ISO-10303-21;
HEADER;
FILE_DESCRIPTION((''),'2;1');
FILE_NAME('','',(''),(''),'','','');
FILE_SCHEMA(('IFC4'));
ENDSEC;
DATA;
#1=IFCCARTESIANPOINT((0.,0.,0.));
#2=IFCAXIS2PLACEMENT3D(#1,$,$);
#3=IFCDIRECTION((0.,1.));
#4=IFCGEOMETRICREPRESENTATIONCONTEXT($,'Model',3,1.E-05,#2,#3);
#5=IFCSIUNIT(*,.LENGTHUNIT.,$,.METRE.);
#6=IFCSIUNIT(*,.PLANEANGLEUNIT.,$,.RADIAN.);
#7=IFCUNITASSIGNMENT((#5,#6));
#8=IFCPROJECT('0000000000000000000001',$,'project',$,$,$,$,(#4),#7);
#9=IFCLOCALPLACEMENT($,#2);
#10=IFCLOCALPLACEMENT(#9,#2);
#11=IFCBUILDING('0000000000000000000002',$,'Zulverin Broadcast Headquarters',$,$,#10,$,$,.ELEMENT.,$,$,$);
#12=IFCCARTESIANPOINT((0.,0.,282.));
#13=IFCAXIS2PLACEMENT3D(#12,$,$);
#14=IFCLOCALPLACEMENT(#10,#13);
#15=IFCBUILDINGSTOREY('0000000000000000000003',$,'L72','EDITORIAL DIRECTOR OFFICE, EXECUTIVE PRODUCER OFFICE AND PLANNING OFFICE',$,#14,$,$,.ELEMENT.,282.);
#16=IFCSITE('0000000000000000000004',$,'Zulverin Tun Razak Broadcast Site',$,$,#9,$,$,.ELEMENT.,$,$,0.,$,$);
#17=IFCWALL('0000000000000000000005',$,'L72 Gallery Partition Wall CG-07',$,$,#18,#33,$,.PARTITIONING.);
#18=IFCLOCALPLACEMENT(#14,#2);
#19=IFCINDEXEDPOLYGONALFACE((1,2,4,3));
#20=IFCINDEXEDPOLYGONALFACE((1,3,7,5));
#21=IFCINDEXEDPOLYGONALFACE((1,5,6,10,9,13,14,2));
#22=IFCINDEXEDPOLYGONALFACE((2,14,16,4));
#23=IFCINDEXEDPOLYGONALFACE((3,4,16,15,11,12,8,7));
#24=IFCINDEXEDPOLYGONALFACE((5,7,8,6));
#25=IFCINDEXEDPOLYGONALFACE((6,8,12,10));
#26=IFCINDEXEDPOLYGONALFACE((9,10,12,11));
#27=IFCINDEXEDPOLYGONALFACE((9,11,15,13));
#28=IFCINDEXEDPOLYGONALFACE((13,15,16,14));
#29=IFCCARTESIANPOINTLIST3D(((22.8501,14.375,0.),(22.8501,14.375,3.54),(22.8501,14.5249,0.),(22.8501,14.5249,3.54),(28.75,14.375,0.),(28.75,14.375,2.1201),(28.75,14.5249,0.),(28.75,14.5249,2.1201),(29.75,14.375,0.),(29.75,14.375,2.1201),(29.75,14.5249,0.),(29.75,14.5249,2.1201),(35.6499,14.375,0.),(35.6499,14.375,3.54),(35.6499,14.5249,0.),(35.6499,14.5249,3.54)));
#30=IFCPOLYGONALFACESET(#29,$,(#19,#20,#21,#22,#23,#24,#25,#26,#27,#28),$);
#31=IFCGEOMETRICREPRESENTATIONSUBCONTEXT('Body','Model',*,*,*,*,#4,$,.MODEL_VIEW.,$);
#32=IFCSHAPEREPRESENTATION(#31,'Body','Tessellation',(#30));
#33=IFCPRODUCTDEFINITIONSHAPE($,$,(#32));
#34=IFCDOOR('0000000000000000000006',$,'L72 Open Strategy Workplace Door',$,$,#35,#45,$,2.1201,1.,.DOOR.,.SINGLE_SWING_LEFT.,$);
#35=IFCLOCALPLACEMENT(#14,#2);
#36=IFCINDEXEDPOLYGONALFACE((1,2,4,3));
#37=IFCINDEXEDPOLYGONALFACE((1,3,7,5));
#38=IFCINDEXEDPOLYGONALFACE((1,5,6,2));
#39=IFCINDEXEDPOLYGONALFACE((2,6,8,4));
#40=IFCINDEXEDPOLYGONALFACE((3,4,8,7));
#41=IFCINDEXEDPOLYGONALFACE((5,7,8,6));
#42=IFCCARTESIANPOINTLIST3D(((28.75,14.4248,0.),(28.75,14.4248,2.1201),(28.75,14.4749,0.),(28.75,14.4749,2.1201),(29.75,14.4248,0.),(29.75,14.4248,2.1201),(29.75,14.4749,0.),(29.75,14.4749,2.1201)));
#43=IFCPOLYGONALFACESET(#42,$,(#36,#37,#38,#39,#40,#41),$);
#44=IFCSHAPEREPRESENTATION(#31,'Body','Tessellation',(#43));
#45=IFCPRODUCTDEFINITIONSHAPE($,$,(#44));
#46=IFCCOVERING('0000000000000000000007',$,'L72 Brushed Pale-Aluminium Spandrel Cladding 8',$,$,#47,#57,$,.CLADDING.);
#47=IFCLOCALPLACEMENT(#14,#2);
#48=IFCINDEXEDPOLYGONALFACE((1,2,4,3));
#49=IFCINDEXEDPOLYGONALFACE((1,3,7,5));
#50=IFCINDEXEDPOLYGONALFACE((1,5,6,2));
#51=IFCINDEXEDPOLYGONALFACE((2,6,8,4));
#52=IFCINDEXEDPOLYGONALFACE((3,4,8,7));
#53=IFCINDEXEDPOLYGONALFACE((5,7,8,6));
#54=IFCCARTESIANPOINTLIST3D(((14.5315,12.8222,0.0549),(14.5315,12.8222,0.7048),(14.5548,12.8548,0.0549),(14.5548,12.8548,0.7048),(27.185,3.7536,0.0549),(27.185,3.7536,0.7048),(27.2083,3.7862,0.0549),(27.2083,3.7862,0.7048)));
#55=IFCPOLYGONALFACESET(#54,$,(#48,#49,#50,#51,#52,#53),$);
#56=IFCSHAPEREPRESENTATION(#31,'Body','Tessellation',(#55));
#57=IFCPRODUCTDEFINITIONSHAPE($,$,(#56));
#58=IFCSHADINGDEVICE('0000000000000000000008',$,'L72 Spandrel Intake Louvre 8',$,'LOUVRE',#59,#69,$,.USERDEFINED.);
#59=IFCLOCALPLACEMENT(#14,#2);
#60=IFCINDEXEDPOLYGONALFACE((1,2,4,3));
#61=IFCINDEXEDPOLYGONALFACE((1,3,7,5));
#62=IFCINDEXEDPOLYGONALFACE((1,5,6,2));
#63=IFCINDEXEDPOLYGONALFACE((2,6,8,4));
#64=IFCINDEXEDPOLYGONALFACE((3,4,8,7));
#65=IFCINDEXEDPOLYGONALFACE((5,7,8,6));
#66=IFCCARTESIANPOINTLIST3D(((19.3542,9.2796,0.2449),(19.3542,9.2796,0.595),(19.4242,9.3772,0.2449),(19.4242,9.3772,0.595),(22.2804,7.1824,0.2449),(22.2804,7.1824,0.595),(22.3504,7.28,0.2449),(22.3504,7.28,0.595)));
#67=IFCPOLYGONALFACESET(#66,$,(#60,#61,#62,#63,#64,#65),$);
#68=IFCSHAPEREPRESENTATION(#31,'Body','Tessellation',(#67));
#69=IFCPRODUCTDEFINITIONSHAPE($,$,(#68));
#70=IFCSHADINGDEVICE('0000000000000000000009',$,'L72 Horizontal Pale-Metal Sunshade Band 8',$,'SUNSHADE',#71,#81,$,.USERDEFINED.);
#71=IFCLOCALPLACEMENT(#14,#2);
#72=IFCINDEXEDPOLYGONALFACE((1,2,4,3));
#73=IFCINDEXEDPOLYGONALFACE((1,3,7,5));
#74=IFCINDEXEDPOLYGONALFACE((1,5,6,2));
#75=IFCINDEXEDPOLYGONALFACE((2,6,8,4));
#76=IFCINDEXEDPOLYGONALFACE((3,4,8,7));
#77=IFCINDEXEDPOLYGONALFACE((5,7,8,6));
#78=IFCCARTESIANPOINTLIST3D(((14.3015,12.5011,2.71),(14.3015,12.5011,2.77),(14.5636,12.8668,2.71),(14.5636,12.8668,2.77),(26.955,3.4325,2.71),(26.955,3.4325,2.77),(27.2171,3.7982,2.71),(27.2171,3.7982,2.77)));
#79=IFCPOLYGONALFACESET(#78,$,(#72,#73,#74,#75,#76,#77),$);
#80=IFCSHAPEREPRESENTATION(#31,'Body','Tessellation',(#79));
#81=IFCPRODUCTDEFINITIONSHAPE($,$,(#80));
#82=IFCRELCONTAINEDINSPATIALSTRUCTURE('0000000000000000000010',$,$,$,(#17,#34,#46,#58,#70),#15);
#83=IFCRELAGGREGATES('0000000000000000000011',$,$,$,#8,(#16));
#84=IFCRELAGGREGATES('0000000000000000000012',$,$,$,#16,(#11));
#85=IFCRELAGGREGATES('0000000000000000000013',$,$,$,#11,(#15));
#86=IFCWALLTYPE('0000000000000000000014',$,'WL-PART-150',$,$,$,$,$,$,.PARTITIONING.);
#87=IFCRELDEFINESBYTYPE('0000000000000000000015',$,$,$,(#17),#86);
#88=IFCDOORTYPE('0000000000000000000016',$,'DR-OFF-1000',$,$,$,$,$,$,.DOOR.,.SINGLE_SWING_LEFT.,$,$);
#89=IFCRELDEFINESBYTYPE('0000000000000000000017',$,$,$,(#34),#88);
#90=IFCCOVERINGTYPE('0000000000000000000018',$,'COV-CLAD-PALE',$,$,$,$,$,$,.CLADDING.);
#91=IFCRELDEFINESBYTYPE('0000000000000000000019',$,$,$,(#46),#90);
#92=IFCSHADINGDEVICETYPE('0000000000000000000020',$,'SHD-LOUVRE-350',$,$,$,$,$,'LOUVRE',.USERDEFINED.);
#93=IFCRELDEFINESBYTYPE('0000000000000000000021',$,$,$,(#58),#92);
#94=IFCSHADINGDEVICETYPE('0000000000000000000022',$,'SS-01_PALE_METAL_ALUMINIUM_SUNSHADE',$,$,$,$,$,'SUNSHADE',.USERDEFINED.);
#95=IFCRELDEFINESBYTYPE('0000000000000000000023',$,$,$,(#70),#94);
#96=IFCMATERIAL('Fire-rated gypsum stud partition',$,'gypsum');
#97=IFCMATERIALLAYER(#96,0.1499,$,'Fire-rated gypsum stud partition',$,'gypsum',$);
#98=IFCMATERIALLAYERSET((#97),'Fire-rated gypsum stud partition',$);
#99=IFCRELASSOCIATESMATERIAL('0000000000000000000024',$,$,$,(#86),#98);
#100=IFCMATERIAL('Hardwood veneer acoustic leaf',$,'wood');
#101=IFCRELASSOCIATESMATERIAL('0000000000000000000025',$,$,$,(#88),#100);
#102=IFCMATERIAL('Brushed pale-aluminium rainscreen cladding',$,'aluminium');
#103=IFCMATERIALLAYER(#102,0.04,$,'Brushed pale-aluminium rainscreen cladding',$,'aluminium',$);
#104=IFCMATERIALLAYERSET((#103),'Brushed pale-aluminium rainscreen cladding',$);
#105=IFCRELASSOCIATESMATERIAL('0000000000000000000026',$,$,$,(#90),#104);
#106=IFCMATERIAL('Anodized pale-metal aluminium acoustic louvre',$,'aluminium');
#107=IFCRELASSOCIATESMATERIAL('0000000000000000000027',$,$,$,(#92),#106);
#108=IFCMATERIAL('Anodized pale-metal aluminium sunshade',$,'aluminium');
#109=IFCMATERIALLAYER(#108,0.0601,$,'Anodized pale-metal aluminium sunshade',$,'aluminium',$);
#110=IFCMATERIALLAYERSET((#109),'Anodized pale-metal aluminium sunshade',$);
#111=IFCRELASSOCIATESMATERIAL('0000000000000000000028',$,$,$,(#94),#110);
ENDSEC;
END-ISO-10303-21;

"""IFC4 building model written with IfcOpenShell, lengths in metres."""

from ifc_helpers import new_model, si_unit, direction, frame, frame_2d, origin, origin_2d, place, context, subcontext, project, spatial, rectangle, extrude, material, layer, layer_set, type_object, element, fill, save


model = new_model("IFC4")

# Units and contexts
model_context = context("Model", 3, precision=1e-05, world=origin(), true_north=direction((0.0, 1.0)))
body_context = subcontext(model_context, "Body", "Model", "MODEL_VIEW")
ifc_project = project(units=[si_unit("LENGTHUNIT", "METRE"), si_unit("PLANEANGLEUNIT", "RADIAN")], contexts=[model_context])

# Site, building, storey
site_placement = place(None, origin())
site = spatial("IfcSite", under=ifc_project, at=site_placement, Name="Zulverin Tun Razak Broadcast Site", CompositionType="ELEMENT", RefElevation=0.0)
building_placement = place(site_placement, origin())
building = spatial("IfcBuilding", under=site, at=building_placement, Name="Zulverin Broadcast Headquarters", CompositionType="ELEMENT")
storey_placement = place(building_placement, frame((0.0, 0.0, 282.0)))
storey = spatial("IfcBuildingStorey", under=building, at=storey_placement, Name="L72", Description="EDITORIAL DIRECTOR OFFICE, EXECUTIVE PRODUCER OFFICE AND PLANNING OFFICE", CompositionType="ELEMENT", Elevation=282.0)

# Shared definitions
ifc_material_1 = material(Name="Fire-rated gypsum stud partition", Category="gypsum")
ifc_layer_1 = layer(ifc_material_1, 0.1499, Name="Fire-rated gypsum stud partition", Category="gypsum")
ifc_layer_set_1 = layer_set([ifc_layer_1], Name="Fire-rated gypsum stud partition")
wall_type_1 = type_object("IfcWallType", Name="WL-PART-150", PredefinedType="PARTITIONING", material=ifc_layer_set_1)

# Wall, opening, door
wall_1_placement = place(storey_placement, frame((22.8501, 14.45, 0.0), z_axis=(0.0, 0.0, 1.0), x_axis=(1.0, 0.0, 0.0)))
wall_1 = element("IfcWall", 1, at=wall_1_placement, inside=storey, type_object=wall_type_1, Name="L72 Gallery Partition Wall CG-07", PredefinedType="PARTITIONING", context=body_context, shape_type="SweptSolid", body=[
    extrude(rectangle(XDim=12.7998, YDim=0.1499, at=frame_2d((6.3999, 0.0))), origin(), (0.0, 0.0, 1.0), 3.54),
])
opening_1_placement = place(wall_1_placement, frame((5.8999, 0.0, 0.0)))
opening_1 = element("IfcOpeningElement", 2, at=opening_1_placement, cuts=wall_1, PredefinedType="OPENING", context=body_context, shape_type="SweptSolid", body=[
    extrude(rectangle(XDim=1.0, YDim=2.1201, at=frame_2d((0.5, 1.0601))), frame((0.0, 0.085, 0.0), z_axis=(0.0, -1.0, 0.0), x_axis=(1.0, 0.0, 0.0)), (0.0, 0.0, 1.0), 0.1699),
])
ifc_material_2 = material(Name="Hardwood veneer acoustic leaf", Category="wood")
door_type_1 = type_object("IfcDoorType", Name="DR-OFF-1000", OperationType="SINGLE_SWING_LEFT", PredefinedType="DOOR", material=ifc_material_2)
door_1_placement = place(opening_1_placement, origin())
door_1 = element("IfcDoor", 3, at=door_1_placement, inside=storey, type_object=door_type_1, Name="L72 Open Strategy Workplace Door", OperationType="SINGLE_SWING_LEFT", OverallHeight=2.1201, OverallWidth=1.0, PredefinedType="DOOR", context=body_context, shape_type="SweptSolid", body=[
    extrude(rectangle(XDim=1.0, YDim=2.1201, at=frame_2d((0.5, 1.0601))), frame((0.0, 0.0249, 0.0), z_axis=(0.0, -1.0, 0.0), x_axis=(1.0, 0.0, 0.0)), (0.0, 0.0, 1.0), 0.05),
])
fill(opening_1, door_1)

# Covering
ifc_material_3 = material(Name="Brushed pale-aluminium rainscreen cladding", Category="aluminium")
ifc_layer_2 = layer(ifc_material_3, 0.04, Name="Brushed pale-aluminium rainscreen cladding", Category="aluminium")
ifc_layer_set_2 = layer_set([ifc_layer_2], Name="Brushed pale-aluminium rainscreen cladding")
covering_type = type_object("IfcCoveringType", Name="COV-CLAD-PALE", PredefinedType="CLADDING", material=ifc_layer_set_2)
covering_placement = place(storey_placement, frame((20.8699, 8.3042, 0.0549), z_axis=(0.0, 0.0, 1.0), x_axis=(0.812809, -0.58253, 0.0)))
element("IfcCovering", 4, at=covering_placement, inside=storey, type_object=covering_type, Name="L72 Brushed Pale-Aluminium Spandrel Cladding 8", PredefinedType="CLADDING", context=body_context, shape_type="SweptSolid", body=[
    extrude(rectangle(XDim=15.5676, YDim=0.04, at=origin_2d()), origin(), (0.0, 0.0, 1.0), 0.6499),
])

# Shading devices
ifc_material_4 = material(Name="Anodized pale-metal aluminium acoustic louvre", Category="aluminium")
shading_device_type_1 = type_object("IfcShadingDeviceType", Name="SHD-LOUVRE-350", ElementType="LOUVRE", PredefinedType="USERDEFINED", material=ifc_material_4)
shading_device_1_placement = place(storey_placement, frame((20.8523, 8.2798, 0.2449), z_axis=(0.0, 0.0, 1.0), x_axis=(0.812809, -0.58253, 0.0)))
element("IfcShadingDevice", 5, at=shading_device_1_placement, inside=storey, type_object=shading_device_type_1, Name="L72 Spandrel Intake Louvre 8", ObjectType="LOUVRE", PredefinedType="USERDEFINED", context=body_context, shape_type="SweptSolid", body=[
    extrude(rectangle(XDim=3.6001, YDim=0.1201, at=origin_2d()), origin(), (0.0, 0.0, 1.0), 0.3501),
])
ifc_material_5 = material(Name="Anodized pale-metal aluminium sunshade", Category="aluminium")
ifc_layer_3 = layer(ifc_material_5, 0.0601, Name="Anodized pale-metal aluminium sunshade", Category="aluminium")
ifc_layer_set_3 = layer_set([ifc_layer_3], Name="Anodized pale-metal aluminium sunshade")
shading_device_type_2 = type_object("IfcShadingDeviceType", Name="SS-01_PALE_METAL_ALUMINIUM_SUNSHADE", ElementType="SUNSHADE", PredefinedType="USERDEFINED", material=ifc_layer_set_3)
shading_device_2_placement = place(storey_placement, frame((20.7593, 8.1497, 2.71), z_axis=(0.0, 0.0, 1.0), x_axis=(0.812809, -0.58253, 0.0)))
element("IfcShadingDevice", 6, at=shading_device_2_placement, inside=storey, type_object=shading_device_type_2, Name="L72 Horizontal Pale-Metal Sunshade Band 8", ObjectType="SUNSHADE", PredefinedType="USERDEFINED", context=body_context, shape_type="SweptSolid", body=[
    extrude(rectangle(XDim=15.5676, YDim=0.45, at=origin_2d()), origin(), (0.0, 0.0, 1.0), 0.0601),
])

save(model, "model.ifc")
